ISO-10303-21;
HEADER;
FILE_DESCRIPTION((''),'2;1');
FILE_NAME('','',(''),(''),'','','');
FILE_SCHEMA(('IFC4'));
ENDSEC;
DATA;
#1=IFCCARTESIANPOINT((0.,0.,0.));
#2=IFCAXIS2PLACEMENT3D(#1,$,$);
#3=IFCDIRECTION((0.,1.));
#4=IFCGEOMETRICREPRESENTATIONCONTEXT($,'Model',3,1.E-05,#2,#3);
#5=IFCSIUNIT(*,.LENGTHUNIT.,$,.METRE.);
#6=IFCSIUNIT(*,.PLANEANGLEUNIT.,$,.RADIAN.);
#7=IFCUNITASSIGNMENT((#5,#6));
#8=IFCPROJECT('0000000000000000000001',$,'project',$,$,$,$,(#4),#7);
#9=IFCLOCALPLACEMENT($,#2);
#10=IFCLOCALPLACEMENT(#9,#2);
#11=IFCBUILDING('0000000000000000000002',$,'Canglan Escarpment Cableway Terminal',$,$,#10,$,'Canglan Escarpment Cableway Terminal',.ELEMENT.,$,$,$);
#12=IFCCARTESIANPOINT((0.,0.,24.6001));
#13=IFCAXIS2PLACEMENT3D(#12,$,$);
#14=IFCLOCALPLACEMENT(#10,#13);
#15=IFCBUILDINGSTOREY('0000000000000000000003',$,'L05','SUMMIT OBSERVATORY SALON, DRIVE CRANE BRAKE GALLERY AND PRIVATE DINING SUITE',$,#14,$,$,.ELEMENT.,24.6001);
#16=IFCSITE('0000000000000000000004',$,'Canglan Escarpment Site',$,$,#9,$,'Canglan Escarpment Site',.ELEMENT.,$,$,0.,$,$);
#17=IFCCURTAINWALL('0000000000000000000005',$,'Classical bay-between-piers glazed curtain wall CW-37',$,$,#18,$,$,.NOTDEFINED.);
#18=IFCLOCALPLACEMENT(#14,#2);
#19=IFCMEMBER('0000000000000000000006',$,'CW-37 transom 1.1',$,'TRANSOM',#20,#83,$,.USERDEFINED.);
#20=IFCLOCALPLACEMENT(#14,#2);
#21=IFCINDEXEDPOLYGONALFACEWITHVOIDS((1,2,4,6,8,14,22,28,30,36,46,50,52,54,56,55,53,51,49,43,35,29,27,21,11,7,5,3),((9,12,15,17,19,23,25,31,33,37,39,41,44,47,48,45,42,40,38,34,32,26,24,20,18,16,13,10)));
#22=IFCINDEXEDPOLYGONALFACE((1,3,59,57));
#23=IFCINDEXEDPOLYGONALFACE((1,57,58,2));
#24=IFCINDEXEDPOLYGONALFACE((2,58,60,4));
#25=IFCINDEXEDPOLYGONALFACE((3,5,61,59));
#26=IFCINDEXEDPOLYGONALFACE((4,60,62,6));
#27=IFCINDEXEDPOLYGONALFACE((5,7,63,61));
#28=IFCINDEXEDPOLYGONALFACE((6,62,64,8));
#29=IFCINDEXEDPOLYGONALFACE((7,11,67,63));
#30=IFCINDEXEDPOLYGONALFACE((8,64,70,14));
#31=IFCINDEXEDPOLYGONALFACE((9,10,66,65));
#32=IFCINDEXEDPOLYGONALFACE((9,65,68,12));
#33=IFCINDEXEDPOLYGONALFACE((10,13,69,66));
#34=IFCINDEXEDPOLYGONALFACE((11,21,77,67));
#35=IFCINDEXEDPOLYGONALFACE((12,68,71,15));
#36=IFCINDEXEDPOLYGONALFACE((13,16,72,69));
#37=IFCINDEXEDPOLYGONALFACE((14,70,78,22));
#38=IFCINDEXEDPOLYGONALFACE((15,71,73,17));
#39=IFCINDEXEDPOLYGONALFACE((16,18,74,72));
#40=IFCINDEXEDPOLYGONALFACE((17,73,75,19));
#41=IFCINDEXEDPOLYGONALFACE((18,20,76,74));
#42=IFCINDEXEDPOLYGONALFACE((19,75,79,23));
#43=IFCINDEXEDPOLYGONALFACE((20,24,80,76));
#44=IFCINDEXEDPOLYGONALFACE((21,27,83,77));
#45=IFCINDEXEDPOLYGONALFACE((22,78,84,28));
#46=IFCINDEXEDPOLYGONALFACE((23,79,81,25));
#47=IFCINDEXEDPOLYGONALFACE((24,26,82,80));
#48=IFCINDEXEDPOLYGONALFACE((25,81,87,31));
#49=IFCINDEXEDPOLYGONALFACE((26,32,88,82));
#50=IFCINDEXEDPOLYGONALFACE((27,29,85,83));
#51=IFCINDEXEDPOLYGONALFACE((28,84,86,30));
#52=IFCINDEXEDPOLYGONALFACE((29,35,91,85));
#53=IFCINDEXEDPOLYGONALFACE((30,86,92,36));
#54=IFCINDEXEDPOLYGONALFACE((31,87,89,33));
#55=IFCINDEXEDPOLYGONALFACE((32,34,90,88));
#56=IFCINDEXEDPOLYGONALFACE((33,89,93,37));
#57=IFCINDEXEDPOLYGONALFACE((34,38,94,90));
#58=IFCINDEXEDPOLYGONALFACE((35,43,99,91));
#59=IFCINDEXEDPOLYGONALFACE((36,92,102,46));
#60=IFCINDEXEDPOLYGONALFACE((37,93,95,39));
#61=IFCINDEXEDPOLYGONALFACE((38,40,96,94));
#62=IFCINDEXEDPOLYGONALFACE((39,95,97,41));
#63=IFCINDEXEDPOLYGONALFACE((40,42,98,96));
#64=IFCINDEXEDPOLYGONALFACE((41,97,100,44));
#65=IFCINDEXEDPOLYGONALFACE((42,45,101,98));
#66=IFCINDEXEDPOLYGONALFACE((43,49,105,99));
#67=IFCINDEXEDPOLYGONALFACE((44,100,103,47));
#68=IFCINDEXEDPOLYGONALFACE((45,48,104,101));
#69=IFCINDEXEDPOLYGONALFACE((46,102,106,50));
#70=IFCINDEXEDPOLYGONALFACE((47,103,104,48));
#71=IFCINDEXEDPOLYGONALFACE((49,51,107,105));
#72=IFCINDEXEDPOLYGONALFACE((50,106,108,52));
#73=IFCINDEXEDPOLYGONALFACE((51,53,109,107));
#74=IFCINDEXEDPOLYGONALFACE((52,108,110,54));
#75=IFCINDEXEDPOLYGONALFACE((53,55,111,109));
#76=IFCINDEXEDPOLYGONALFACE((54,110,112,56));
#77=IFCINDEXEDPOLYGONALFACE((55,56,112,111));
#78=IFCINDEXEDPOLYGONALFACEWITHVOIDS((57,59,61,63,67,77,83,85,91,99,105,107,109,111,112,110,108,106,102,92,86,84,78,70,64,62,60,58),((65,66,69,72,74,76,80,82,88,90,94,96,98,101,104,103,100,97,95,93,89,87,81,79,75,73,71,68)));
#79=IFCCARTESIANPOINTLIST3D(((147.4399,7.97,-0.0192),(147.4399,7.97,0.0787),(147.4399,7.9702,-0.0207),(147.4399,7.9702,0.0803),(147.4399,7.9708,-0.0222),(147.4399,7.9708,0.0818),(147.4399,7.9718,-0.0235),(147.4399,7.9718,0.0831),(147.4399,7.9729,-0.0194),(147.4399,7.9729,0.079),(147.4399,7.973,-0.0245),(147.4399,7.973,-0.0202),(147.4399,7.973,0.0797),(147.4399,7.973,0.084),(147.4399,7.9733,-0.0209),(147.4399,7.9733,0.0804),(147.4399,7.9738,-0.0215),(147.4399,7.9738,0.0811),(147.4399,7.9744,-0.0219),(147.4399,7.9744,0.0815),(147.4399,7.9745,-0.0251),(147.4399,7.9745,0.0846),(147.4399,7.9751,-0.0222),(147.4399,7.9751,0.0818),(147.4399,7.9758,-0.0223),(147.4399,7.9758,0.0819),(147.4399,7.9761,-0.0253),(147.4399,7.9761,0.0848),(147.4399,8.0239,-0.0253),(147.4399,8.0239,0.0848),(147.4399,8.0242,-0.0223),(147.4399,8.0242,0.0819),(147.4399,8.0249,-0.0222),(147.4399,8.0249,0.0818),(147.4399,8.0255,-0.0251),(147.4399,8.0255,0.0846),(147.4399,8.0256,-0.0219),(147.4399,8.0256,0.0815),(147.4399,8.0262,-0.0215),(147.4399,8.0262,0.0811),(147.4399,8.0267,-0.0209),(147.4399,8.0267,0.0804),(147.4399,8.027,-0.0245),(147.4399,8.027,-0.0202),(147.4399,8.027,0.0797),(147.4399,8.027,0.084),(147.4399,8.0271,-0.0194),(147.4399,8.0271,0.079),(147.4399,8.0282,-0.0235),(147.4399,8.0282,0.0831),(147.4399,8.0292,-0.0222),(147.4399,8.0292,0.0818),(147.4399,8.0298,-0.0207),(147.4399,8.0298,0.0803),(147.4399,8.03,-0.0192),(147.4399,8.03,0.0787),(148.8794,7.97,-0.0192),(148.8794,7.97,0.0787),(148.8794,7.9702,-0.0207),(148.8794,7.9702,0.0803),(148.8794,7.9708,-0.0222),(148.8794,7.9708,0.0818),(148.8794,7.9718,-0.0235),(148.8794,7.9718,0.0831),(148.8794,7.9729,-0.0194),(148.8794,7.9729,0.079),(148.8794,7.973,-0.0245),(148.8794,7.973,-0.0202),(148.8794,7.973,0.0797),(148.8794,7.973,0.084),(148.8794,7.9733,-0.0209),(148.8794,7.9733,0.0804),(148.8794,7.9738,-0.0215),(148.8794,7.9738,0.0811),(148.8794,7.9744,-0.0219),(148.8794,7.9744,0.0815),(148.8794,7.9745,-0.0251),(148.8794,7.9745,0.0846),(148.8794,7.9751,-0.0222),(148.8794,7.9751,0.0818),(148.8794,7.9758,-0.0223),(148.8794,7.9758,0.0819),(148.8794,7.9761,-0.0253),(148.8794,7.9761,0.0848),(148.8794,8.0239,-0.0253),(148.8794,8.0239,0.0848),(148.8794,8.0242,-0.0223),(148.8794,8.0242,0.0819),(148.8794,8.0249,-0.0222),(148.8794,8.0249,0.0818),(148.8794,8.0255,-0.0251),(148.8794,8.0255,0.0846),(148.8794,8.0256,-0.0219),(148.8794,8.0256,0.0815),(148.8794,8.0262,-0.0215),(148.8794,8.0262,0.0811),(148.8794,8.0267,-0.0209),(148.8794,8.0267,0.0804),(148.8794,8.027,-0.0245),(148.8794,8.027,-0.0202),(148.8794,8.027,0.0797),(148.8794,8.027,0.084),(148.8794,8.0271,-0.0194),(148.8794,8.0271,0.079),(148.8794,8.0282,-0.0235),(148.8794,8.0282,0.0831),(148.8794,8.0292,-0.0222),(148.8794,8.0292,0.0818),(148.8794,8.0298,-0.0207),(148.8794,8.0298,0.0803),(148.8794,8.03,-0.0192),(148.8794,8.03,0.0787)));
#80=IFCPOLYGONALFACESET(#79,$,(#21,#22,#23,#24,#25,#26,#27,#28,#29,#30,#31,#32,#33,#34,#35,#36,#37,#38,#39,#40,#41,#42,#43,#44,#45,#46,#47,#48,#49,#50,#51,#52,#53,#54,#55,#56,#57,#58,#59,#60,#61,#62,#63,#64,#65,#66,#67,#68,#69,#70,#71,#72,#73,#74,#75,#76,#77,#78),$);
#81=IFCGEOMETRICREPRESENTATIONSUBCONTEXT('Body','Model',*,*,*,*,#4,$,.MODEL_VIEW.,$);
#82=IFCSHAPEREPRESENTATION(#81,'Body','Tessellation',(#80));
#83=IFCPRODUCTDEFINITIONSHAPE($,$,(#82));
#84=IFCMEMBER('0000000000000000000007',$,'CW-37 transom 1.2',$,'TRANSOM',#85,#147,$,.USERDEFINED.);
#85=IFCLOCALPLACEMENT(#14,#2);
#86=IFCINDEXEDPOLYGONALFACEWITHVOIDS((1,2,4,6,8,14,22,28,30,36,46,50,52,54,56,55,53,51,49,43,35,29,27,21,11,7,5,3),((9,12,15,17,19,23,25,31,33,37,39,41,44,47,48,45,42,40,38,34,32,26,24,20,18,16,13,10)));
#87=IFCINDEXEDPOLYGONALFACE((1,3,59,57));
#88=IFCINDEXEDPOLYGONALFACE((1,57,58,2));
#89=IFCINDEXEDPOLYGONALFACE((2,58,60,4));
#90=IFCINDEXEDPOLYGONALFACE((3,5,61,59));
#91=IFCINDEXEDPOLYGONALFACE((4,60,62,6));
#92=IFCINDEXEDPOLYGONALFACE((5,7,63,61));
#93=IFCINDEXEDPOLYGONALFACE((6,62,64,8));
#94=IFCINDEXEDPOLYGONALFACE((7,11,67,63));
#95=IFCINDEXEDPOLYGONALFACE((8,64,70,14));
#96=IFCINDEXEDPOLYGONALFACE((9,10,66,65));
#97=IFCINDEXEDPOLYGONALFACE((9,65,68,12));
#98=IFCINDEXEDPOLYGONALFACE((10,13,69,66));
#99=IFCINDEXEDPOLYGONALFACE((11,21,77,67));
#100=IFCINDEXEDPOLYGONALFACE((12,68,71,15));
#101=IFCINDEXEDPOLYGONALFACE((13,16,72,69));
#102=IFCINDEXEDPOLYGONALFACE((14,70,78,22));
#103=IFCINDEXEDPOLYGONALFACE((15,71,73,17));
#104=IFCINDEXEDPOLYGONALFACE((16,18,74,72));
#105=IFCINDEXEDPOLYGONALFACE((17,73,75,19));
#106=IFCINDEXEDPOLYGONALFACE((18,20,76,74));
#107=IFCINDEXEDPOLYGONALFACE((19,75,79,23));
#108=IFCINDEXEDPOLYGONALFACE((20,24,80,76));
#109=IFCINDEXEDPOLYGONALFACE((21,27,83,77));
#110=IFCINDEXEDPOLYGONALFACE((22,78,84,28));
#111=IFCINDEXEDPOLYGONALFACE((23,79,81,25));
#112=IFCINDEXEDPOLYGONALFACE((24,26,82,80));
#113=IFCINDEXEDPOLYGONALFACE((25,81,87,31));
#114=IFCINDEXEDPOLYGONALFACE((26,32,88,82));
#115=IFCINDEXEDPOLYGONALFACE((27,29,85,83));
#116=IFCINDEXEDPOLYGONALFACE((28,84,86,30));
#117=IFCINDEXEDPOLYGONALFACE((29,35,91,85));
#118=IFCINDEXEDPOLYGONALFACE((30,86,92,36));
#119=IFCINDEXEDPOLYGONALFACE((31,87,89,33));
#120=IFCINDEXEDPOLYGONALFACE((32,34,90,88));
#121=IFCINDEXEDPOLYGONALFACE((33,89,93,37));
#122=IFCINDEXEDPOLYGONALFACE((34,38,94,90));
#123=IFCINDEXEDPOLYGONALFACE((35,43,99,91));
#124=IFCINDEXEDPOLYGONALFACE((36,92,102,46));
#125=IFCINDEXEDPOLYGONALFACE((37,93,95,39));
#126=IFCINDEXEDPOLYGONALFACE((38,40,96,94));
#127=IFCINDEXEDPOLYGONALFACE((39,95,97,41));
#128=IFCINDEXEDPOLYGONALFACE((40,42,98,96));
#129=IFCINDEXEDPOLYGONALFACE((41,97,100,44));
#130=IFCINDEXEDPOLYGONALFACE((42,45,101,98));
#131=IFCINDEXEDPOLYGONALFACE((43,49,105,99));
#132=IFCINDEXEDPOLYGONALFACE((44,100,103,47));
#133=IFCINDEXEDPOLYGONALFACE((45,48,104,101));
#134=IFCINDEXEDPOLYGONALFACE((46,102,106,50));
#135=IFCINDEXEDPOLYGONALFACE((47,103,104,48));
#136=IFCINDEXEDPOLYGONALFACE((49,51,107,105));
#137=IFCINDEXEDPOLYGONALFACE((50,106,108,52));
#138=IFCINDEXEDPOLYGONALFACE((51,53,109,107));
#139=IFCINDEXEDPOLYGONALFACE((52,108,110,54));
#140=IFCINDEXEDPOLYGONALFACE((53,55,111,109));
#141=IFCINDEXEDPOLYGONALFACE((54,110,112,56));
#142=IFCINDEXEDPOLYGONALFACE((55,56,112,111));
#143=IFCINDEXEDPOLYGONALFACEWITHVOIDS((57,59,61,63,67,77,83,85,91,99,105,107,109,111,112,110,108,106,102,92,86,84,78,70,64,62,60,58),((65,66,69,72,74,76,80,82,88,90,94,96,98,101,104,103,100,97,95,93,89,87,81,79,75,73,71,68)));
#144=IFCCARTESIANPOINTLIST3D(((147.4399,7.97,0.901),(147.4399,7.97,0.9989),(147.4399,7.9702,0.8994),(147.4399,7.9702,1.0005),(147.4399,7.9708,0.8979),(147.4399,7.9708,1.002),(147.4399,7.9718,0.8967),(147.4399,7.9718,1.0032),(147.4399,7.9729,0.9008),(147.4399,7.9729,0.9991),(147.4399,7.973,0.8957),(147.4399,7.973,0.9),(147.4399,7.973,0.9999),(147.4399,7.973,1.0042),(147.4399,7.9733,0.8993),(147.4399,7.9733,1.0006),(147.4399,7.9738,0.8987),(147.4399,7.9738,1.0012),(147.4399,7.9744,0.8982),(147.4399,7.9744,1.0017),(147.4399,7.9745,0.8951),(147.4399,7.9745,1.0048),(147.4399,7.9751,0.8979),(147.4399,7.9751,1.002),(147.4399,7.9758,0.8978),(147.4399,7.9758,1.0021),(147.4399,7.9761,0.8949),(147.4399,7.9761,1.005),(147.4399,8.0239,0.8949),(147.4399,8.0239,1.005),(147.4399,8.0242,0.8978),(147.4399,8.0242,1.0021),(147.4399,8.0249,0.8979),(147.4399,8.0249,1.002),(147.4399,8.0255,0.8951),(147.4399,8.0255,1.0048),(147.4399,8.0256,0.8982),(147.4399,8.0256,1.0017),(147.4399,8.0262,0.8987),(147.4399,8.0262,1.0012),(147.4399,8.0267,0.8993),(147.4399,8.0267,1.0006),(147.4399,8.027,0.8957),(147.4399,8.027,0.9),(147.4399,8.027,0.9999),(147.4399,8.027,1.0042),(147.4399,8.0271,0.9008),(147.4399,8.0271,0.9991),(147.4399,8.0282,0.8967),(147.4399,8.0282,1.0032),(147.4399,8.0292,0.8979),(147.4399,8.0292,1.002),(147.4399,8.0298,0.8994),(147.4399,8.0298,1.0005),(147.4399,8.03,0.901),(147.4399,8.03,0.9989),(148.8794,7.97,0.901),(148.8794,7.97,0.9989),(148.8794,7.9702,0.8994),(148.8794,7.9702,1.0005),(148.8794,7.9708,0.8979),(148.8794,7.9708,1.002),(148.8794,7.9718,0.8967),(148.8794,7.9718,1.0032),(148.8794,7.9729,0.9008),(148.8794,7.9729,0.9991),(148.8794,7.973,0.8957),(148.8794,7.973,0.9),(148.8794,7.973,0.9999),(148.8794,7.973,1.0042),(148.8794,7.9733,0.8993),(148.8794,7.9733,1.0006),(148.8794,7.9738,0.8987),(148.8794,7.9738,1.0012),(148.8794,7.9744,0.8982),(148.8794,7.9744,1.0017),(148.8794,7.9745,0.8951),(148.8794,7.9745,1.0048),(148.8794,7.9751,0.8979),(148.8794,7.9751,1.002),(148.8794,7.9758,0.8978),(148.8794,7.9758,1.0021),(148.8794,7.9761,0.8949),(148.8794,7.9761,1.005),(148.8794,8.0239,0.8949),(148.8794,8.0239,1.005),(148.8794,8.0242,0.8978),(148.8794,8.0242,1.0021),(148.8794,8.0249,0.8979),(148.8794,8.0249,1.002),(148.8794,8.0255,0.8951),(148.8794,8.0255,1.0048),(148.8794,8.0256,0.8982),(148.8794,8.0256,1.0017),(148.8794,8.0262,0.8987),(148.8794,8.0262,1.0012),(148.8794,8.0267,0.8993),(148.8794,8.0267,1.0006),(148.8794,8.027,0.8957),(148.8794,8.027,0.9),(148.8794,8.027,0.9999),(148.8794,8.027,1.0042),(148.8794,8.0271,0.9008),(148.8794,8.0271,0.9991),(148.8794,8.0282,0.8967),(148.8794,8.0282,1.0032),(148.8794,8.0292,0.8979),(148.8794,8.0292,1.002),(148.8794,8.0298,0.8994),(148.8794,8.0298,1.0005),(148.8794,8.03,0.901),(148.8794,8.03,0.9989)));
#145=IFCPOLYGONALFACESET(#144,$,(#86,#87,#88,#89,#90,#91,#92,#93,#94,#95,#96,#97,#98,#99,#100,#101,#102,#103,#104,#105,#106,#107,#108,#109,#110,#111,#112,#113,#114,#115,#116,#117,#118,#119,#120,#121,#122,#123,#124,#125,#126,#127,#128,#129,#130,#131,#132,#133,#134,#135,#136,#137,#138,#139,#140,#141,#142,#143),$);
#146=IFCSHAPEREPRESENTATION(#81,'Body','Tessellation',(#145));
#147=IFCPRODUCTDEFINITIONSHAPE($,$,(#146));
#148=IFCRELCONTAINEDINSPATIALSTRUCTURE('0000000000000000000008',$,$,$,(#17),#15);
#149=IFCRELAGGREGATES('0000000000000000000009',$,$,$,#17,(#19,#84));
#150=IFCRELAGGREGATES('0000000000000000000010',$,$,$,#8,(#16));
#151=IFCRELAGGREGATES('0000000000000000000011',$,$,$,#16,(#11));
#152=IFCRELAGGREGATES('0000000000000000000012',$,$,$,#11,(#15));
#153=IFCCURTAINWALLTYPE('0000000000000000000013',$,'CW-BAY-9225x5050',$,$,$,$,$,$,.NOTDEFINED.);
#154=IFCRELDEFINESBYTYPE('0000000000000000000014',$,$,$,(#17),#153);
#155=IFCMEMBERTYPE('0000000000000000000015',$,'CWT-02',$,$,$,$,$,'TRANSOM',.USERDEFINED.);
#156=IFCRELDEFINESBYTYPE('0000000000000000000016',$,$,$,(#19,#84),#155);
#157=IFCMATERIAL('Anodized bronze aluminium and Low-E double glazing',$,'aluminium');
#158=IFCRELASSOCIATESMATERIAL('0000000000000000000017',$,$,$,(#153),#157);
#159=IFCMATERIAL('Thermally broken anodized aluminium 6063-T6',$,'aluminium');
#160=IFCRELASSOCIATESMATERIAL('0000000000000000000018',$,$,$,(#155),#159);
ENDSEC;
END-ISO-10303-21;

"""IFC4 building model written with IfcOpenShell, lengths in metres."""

from ifc_helpers import new_model, si_unit, direction, frame, origin, origin_2d, place, context, subcontext, project, spatial, hollow_rectangle, extrude, material, material_profile, profile_set, type_object, element, aggregate, save


model = new_model("IFC4")

# Units and contexts
model_context = context("Model", 3, precision=1e-05, world=origin(), true_north=direction((0.0, 1.0)))
body_context = subcontext(model_context, "Body", "Model", "MODEL_VIEW")
ifc_project = project(units=[si_unit("LENGTHUNIT", "METRE"), si_unit("PLANEANGLEUNIT", "RADIAN")], contexts=[model_context])

# Site, building, storey
site_placement = place(None, origin())
site = spatial("IfcSite", under=ifc_project, at=site_placement, Name="Canglan Escarpment Site", LongName="Canglan Escarpment Site", CompositionType="ELEMENT", RefElevation=0.0)
building_placement = place(site_placement, origin())
building = spatial("IfcBuilding", under=site, at=building_placement, Name="Canglan Escarpment Cableway Terminal", LongName="Canglan Escarpment Cableway Terminal", CompositionType="ELEMENT")
storey_placement = place(building_placement, frame((0.0, 0.0, 24.6001)))
storey = spatial("IfcBuildingStorey", under=building, at=storey_placement, Name="L05", Description="SUMMIT OBSERVATORY SALON, DRIVE CRANE BRAKE GALLERY AND PRIVATE DINING SUITE", CompositionType="ELEMENT", Elevation=24.6001)

# Curtain wall, members
ifc_material_1 = material(Name="Anodized bronze aluminium and Low-E double glazing", Category="aluminium")
curtain_wall_type = type_object("IfcCurtainWallType", Name="CW-BAY-9225x5050", PredefinedType="NOTDEFINED", material=ifc_material_1)
curtain_wall_placement = place(storey_placement, origin())
curtain_wall = element("IfcCurtainWall", 1, at=curtain_wall_placement, inside=storey, type_object=curtain_wall_type, Name="Classical bay-between-piers glazed curtain wall CW-37", PredefinedType="NOTDEFINED")
ifc_material_2 = material(Name="Thermally broken anodized aluminium 6063-T6", Category="aluminium")
ifc_material_profile_1 = material_profile(ifc_material_2, hollow_rectangle(XDim=0.0601, YDim=0.1101, WallThickness=0.0029, InnerFilletRadius=0.0029, OuterFilletRadius=0.0061, at=origin_2d()), Name="ALU-TRAN 60x110x3")
ifc_profile_set_1 = profile_set([ifc_material_profile_1], Name="Thermally broken anodized aluminium 6063-T6")
member_type_1 = type_object("IfcMemberType", Name="CWT-02", ElementType="TRANSOM", PredefinedType="USERDEFINED", material=ifc_profile_set_1)
member_1_placement = place(storey_placement, frame((147.4399, 8.0, 0.0298), z_axis=(1.0, 0.0, 0.0), x_axis=(0.0, 1.0, 0.0)))
member_1 = element("IfcMember", 2, at=member_1_placement, type_object=member_type_1, Name="CW-37 transom 1.1", ObjectType="TRANSOM", PredefinedType="USERDEFINED", context=body_context, shape_type="SweptSolid", body=[
    extrude(hollow_rectangle(XDim=0.0601, YDim=0.1101, WallThickness=0.0029, InnerFilletRadius=0.0029, OuterFilletRadius=0.0061, at=origin_2d()), origin(), (0.0, 0.0, 1.0), 1.4395),
])
member_2_placement = place(storey_placement, frame((147.4399, 8.0, 0.95), z_axis=(1.0, 0.0, 0.0), x_axis=(0.0, 1.0, 0.0)))
member_2 = element("IfcMember", 3, at=member_2_placement, type_object=member_type_1, Name="CW-37 transom 1.2", ObjectType="TRANSOM", PredefinedType="USERDEFINED", context=body_context, shape_type="SweptSolid", body=[
    extrude(hollow_rectangle(XDim=0.0601, YDim=0.1101, WallThickness=0.0029, InnerFilletRadius=0.0029, OuterFilletRadius=0.0061, at=origin_2d()), origin(), (0.0, 0.0, 1.0), 1.4395),
])

aggregate(curtain_wall, [member_1, member_2])

save(model, "model.ifc")
